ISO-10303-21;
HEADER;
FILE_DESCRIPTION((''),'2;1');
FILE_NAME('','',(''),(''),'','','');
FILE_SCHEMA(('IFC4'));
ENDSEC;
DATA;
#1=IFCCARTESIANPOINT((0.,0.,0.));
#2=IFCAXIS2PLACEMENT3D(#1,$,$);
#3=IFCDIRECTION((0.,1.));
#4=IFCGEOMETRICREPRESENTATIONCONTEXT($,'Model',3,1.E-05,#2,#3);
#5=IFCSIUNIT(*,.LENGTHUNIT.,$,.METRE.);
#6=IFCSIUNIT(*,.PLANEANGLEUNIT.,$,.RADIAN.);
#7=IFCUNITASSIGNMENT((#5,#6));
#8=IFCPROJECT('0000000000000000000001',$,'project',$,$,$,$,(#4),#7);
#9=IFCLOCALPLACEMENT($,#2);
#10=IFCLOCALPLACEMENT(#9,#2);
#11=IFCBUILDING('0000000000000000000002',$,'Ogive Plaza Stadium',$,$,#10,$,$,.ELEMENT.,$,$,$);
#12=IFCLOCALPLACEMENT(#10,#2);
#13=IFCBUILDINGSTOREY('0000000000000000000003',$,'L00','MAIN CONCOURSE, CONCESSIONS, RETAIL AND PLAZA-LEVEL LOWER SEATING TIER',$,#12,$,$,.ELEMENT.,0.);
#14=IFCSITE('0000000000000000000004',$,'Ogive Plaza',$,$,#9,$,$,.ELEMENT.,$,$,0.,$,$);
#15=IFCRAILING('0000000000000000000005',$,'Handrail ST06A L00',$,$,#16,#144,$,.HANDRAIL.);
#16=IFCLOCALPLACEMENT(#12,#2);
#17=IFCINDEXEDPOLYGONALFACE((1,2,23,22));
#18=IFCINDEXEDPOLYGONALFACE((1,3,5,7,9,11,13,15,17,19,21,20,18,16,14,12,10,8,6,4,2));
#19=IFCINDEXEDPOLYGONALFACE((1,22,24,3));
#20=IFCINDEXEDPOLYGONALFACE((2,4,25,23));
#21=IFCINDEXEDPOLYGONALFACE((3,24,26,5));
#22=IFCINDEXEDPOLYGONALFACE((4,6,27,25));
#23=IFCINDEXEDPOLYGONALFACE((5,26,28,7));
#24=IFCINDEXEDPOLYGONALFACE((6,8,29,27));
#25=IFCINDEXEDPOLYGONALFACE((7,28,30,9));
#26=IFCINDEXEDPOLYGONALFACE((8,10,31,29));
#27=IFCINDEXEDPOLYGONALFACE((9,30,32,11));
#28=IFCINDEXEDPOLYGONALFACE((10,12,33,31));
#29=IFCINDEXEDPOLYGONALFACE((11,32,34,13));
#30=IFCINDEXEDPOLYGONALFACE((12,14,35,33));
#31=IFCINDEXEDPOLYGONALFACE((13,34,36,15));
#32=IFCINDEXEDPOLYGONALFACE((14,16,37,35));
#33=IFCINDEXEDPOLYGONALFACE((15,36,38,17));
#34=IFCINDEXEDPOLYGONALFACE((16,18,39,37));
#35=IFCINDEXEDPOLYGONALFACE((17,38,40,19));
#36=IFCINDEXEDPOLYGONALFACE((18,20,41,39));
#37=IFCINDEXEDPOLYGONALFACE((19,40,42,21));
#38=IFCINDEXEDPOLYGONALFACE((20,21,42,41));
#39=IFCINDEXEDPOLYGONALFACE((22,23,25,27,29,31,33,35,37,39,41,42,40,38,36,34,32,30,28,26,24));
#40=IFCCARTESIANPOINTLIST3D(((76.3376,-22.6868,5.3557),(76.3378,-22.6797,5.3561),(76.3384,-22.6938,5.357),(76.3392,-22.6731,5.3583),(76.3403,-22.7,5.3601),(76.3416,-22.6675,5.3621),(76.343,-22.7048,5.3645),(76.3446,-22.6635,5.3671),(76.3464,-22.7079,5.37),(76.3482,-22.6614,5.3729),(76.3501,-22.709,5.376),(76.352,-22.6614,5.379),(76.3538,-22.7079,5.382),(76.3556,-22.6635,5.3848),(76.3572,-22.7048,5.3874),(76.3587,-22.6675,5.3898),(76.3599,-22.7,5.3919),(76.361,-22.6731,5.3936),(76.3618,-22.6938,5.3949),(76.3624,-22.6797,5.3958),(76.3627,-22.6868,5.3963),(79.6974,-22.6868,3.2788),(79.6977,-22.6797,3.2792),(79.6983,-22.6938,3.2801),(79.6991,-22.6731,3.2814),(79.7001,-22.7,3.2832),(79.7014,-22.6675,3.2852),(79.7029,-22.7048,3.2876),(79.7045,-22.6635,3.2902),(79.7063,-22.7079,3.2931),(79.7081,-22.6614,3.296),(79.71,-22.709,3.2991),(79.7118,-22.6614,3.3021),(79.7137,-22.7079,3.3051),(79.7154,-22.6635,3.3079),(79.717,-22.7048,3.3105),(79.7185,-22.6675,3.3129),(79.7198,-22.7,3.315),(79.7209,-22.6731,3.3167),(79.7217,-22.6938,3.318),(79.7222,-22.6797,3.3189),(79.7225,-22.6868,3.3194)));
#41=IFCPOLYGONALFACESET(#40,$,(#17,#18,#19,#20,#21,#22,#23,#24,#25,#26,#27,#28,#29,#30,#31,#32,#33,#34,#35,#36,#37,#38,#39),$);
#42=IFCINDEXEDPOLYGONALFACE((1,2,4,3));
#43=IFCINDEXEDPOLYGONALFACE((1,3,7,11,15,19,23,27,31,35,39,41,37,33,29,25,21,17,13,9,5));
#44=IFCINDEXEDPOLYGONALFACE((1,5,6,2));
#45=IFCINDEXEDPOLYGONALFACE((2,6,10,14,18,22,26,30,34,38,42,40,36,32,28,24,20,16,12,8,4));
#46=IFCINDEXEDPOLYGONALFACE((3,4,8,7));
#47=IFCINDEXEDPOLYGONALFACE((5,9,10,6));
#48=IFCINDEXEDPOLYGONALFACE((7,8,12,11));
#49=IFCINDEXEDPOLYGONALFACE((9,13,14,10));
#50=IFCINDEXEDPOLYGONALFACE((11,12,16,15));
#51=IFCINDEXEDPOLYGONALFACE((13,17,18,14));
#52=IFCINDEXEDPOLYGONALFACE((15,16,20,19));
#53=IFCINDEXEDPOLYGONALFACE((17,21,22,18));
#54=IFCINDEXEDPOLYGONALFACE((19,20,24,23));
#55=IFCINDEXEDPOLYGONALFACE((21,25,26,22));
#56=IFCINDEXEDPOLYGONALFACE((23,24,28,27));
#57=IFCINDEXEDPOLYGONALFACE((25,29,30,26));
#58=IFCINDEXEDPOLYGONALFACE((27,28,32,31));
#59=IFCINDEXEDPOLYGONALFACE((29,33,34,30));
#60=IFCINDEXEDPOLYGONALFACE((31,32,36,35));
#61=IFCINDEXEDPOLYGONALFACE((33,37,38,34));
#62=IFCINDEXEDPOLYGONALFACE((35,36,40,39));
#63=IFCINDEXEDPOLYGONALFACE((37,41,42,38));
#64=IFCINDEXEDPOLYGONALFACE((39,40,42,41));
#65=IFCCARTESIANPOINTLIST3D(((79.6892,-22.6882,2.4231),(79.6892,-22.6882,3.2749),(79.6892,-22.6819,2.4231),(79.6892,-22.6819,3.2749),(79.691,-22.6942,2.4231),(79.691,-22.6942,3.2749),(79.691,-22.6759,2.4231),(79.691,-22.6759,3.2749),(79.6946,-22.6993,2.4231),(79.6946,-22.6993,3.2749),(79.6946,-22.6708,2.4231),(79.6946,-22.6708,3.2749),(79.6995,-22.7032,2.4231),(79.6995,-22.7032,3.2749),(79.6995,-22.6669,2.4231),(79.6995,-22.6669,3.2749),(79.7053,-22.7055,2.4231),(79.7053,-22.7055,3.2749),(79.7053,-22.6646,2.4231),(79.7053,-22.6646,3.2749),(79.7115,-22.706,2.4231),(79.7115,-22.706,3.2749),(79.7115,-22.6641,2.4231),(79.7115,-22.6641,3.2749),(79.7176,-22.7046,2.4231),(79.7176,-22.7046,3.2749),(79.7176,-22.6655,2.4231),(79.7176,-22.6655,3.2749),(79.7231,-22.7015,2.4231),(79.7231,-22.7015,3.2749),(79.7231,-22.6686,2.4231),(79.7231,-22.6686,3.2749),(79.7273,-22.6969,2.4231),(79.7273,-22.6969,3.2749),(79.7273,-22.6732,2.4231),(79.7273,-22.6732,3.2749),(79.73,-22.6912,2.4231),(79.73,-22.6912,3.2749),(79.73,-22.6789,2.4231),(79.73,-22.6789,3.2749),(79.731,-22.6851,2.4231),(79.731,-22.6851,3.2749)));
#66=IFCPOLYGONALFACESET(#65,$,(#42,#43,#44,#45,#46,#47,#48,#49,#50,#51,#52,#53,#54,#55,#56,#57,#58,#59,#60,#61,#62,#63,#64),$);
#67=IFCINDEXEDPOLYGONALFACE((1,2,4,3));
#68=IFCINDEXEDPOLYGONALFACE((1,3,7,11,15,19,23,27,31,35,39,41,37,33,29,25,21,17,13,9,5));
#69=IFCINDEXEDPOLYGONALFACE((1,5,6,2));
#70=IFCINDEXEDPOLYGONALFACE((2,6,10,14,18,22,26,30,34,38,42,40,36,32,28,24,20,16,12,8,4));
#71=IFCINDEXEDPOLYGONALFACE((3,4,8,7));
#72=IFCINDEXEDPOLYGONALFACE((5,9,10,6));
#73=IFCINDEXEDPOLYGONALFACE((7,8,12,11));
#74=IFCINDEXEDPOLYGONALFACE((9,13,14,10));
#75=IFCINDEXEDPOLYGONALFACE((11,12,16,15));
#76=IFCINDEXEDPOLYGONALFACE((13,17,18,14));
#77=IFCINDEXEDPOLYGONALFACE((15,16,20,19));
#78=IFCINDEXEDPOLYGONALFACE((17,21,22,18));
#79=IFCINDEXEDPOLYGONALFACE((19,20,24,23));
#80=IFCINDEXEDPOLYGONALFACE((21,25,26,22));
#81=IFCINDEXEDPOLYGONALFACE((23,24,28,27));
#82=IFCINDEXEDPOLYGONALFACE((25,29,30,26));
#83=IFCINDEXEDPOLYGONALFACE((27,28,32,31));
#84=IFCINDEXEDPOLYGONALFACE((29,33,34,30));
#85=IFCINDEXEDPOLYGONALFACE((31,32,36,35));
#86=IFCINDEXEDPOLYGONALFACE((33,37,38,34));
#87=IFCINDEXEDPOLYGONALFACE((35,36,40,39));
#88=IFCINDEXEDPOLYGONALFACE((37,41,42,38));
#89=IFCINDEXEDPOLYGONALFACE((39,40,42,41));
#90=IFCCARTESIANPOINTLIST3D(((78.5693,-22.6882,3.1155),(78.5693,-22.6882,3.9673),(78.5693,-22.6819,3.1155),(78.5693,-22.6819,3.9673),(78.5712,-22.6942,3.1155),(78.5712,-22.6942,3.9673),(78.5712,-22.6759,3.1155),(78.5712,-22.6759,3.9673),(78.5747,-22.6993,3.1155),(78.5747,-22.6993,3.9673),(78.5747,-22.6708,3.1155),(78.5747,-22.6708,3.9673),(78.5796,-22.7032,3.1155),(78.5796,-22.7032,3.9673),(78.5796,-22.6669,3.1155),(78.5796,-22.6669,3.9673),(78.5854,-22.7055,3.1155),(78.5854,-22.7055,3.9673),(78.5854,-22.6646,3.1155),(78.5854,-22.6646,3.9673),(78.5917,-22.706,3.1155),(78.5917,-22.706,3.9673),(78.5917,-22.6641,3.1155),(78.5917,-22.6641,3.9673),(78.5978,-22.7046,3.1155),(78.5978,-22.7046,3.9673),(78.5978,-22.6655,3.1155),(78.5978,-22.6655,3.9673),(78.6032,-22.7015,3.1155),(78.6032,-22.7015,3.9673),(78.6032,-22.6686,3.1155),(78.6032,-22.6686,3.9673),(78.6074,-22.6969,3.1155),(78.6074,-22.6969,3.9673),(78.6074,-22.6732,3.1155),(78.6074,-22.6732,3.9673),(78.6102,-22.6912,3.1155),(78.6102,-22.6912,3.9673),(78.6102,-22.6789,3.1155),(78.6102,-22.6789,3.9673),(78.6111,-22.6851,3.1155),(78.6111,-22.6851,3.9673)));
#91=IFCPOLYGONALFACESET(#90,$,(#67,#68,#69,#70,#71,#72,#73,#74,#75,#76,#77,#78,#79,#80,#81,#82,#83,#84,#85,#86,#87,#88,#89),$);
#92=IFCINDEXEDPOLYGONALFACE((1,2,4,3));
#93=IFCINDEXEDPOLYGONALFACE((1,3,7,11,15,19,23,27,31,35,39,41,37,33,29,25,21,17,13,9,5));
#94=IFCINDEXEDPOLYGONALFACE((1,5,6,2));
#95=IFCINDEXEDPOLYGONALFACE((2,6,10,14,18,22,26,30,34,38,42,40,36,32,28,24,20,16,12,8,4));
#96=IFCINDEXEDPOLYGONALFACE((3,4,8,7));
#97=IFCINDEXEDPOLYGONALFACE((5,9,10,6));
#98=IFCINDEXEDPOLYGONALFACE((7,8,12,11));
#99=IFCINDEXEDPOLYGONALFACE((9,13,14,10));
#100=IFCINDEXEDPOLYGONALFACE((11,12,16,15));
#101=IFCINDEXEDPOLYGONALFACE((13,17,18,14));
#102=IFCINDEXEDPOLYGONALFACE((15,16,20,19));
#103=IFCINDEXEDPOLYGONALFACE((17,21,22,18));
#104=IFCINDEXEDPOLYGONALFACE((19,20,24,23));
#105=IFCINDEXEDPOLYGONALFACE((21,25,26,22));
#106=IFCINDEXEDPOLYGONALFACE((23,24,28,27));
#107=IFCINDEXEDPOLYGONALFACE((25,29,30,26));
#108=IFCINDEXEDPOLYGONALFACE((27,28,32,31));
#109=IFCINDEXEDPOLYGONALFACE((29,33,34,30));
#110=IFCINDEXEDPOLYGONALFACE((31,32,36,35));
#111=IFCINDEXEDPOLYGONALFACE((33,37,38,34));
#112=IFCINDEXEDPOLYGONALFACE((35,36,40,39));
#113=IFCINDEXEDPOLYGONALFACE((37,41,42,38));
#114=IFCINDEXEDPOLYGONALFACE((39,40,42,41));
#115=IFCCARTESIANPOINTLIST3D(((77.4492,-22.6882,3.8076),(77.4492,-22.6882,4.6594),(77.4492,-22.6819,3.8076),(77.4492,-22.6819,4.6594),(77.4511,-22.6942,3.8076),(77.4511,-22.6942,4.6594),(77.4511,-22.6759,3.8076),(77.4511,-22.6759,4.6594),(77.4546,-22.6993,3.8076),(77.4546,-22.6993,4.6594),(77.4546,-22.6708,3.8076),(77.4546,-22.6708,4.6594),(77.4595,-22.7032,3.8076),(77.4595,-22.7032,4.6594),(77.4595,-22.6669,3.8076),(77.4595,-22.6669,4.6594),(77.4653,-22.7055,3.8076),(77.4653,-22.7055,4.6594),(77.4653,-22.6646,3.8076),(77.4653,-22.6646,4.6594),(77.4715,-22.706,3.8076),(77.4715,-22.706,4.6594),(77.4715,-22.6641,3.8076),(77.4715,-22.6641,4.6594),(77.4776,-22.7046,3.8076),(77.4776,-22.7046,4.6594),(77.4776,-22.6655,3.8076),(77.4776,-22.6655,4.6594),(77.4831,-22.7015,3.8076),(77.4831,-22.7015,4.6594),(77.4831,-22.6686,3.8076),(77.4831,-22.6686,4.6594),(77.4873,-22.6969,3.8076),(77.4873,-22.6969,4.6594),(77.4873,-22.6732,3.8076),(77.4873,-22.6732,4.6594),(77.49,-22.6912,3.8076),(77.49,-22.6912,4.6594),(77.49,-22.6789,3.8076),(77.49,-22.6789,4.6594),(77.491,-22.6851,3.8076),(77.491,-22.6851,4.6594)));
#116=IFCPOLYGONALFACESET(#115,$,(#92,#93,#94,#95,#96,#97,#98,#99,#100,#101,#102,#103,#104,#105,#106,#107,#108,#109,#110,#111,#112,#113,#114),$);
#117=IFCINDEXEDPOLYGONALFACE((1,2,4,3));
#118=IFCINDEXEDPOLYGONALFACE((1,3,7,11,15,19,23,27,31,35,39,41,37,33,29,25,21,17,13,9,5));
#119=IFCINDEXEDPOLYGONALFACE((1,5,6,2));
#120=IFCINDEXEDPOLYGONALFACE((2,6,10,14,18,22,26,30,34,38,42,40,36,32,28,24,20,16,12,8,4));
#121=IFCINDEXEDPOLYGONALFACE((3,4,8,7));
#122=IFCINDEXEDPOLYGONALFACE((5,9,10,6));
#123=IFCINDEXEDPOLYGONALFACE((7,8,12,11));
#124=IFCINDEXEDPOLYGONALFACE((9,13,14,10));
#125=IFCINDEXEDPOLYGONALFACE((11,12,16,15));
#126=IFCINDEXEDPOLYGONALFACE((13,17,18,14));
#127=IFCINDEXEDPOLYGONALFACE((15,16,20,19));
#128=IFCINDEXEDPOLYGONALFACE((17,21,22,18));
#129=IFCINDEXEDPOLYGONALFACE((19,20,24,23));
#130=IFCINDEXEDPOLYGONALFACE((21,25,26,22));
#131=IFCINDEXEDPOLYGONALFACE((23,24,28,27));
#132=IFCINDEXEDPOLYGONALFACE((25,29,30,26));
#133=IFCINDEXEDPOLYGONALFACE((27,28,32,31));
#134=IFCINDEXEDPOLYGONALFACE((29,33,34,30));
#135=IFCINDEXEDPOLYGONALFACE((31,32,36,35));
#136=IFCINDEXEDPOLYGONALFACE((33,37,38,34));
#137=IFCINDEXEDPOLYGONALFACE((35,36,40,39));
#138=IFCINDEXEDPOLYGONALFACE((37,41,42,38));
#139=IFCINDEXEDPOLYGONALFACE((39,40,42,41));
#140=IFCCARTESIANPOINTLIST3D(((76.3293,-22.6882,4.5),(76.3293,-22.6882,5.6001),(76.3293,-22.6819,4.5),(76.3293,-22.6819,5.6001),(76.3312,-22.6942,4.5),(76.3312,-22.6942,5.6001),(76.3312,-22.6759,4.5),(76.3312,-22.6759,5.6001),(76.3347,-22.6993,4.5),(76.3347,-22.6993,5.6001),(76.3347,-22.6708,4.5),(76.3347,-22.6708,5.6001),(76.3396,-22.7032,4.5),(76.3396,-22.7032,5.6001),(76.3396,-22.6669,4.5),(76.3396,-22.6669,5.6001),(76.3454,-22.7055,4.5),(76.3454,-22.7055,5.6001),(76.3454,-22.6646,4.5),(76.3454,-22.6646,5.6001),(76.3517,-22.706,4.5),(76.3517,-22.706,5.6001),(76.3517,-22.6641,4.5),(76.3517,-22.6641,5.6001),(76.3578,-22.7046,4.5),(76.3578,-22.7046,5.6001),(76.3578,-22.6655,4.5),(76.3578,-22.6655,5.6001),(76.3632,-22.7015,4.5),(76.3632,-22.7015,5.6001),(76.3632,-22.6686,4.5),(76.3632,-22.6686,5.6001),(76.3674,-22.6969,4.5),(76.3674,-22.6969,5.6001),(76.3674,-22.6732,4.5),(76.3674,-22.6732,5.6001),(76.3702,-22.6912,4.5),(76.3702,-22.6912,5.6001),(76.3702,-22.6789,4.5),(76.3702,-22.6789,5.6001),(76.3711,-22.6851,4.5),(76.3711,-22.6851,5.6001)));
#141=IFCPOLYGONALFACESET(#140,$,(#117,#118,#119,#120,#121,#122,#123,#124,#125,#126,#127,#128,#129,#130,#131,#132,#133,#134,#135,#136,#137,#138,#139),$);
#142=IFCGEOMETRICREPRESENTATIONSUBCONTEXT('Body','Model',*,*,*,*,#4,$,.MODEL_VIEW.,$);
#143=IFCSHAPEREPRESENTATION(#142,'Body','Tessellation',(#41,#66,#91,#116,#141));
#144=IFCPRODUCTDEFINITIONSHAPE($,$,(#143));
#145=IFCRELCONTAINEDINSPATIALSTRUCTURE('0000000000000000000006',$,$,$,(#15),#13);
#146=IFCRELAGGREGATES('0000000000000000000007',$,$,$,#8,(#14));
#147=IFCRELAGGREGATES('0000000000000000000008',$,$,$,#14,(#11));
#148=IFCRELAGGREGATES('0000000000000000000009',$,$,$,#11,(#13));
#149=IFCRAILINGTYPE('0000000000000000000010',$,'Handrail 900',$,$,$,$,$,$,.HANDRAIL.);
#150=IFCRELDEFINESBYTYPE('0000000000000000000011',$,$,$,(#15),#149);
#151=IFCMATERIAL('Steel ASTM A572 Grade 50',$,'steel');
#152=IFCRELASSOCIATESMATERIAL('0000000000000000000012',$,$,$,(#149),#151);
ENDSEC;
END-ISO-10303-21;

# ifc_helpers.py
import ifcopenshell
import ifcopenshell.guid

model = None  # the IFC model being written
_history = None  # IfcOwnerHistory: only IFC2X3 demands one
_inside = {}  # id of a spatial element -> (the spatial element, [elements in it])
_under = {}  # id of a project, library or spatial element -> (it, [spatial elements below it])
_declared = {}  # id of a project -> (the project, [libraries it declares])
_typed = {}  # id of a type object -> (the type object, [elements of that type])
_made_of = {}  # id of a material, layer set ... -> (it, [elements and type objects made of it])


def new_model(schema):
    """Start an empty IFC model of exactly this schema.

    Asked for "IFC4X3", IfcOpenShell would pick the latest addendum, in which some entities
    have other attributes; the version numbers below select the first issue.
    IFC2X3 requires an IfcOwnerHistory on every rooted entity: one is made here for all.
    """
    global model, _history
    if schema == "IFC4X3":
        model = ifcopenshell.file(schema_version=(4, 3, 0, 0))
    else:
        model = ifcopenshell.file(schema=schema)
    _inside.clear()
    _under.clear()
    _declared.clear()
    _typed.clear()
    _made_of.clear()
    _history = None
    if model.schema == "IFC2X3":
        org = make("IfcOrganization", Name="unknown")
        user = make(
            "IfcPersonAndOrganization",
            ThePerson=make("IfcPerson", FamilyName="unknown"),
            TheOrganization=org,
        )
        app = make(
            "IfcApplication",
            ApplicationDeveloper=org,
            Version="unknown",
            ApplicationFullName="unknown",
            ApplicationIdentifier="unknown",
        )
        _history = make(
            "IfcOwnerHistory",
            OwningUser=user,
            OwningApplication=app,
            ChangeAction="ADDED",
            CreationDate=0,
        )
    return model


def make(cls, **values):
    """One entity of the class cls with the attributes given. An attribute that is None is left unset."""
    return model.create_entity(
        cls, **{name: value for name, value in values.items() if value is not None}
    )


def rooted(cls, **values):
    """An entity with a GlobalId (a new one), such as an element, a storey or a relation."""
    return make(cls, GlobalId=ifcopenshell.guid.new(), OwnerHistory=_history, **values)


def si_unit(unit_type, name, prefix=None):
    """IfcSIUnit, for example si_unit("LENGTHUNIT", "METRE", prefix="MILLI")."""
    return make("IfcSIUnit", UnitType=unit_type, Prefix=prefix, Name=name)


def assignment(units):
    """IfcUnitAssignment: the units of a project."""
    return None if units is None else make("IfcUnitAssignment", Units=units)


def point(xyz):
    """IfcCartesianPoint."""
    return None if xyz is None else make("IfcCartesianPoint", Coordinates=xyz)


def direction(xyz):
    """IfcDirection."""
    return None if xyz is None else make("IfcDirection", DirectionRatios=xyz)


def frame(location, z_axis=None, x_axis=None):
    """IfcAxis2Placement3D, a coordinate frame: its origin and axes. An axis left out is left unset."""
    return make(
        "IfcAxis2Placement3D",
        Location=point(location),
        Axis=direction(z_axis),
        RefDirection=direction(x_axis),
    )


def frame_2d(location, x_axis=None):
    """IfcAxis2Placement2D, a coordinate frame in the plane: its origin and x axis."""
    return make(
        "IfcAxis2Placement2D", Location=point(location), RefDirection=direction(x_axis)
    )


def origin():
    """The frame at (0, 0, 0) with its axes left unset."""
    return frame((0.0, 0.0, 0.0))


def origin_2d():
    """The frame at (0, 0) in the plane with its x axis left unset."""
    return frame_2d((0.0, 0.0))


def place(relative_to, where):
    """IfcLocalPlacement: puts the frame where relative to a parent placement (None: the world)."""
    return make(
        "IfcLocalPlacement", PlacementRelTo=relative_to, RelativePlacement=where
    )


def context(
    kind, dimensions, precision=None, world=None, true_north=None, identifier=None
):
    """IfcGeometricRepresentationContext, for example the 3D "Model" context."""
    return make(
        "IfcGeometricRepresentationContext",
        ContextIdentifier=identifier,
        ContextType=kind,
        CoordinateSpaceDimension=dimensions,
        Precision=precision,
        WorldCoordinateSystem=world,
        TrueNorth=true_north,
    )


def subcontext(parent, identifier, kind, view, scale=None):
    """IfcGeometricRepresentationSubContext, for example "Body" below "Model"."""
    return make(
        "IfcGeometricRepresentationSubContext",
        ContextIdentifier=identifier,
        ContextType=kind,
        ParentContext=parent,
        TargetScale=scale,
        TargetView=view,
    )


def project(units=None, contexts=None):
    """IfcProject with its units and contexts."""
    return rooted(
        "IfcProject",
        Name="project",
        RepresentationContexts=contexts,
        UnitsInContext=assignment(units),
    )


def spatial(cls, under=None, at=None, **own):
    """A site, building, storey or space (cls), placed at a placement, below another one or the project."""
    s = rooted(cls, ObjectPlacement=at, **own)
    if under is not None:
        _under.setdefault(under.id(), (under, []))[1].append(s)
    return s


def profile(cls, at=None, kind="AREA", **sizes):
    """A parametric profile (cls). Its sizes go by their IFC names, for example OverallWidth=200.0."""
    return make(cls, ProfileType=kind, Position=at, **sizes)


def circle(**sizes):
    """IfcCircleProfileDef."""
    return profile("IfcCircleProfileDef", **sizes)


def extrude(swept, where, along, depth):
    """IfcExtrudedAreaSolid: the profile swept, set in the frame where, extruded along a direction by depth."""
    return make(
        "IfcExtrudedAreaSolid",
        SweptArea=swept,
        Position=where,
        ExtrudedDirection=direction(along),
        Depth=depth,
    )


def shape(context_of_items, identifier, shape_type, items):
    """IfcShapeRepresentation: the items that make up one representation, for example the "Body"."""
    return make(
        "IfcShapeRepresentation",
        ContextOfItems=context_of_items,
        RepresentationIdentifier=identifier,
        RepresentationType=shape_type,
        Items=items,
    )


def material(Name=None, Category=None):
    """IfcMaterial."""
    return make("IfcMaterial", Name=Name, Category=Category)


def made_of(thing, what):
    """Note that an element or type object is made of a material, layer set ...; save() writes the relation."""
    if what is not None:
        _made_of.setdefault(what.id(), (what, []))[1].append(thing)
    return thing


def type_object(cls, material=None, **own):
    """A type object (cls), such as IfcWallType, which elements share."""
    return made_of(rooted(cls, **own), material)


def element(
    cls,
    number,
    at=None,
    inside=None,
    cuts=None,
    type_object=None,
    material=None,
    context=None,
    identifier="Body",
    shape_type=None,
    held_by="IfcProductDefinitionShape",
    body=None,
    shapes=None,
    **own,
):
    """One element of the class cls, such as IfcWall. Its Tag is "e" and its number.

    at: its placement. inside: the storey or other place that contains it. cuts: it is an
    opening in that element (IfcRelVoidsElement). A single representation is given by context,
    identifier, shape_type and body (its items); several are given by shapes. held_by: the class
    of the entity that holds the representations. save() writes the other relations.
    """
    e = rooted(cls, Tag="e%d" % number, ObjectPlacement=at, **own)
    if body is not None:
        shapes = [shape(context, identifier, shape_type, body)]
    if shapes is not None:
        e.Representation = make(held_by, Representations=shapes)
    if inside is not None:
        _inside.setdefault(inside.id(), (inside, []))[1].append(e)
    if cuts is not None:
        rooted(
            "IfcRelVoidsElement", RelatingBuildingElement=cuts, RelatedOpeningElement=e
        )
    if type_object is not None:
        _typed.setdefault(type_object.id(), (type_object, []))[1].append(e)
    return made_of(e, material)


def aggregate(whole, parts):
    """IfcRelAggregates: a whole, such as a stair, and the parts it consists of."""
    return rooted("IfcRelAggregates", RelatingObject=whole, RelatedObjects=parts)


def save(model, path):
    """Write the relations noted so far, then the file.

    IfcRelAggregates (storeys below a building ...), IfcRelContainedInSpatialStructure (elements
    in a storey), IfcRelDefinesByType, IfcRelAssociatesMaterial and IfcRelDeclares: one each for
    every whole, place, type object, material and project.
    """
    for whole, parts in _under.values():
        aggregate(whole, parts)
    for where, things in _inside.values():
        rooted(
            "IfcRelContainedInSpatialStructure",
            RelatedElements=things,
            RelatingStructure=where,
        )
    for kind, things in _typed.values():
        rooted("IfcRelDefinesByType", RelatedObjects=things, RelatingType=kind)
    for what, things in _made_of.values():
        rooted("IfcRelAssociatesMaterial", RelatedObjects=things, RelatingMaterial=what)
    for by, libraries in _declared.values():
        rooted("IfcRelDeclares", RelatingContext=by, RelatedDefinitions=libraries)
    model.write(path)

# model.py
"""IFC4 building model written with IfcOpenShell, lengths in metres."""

from ifc_helpers import new_model, si_unit, direction, frame, origin, origin_2d, place, context, subcontext, project, spatial, circle, extrude, material, type_object, element, save


model = new_model("IFC4")

# Units and contexts
model_context = context("Model", 3, precision=1e-05, world=origin(), true_north=direction((0.0, 1.0)))
body_context = subcontext(model_context, "Body", "Model", "MODEL_VIEW")
ifc_project = project(units=[si_unit("LENGTHUNIT", "METRE"), si_unit("PLANEANGLEUNIT", "RADIAN")], contexts=[model_context])

# Site, building, storey
site_placement = place(None, origin())
site = spatial("IfcSite", under=ifc_project, at=site_placement, Name="Ogive Plaza", CompositionType="ELEMENT", RefElevation=0.0)
building_placement = place(site_placement, origin())
building = spatial("IfcBuilding", under=site, at=building_placement, Name="Ogive Plaza Stadium", CompositionType="ELEMENT")
storey_placement = place(building_placement, origin())
storey = spatial("IfcBuildingStorey", under=building, at=storey_placement, Name="L00", Description="MAIN CONCOURSE, CONCESSIONS, RETAIL AND PLAZA-LEVEL LOWER SEATING TIER", CompositionType="ELEMENT", Elevation=0.0)

# Railing
ifc_material_1 = material(Name="Steel ASTM A572 Grade 50", Category="steel")
railing_type_1 = type_object("IfcRailingType", Name="Handrail 900", PredefinedType="HANDRAIL", material=ifc_material_1)
railing_1_placement = place(storey_placement, frame((79.71, -22.6851, 2.4231)))
element("IfcRailing", 1, at=railing_1_placement, inside=storey, type_object=railing_type_1, Name="Handrail ST06A L00", PredefinedType="HANDRAIL", context=body_context, shape_type="SweptSolid", body=[
    extrude(circle(Radius=0.0239, at=origin_2d()), frame((0.0, 0.0, 0.876), z_axis=(-0.850606, 0.0, 0.525803), x_axis=(0.0, -1.0, 0.0)), (0.0, 0.0, 1.0), 3.95),
    extrude(circle(Radius=0.021, at=origin_2d()), origin(), (0.0, 0.0, 1.0), 0.8518),
    extrude(circle(Radius=0.021, at=origin_2d()), frame((-1.1199, 0.0, 0.6924)), (0.0, 0.0, 1.0), 0.8518),
    extrude(circle(Radius=0.021, at=origin_2d()), frame((-2.24, 0.0, 1.3845)), (0.0, 0.0, 1.0), 0.8518),
    extrude(circle(Radius=0.021, at=origin_2d()), frame((-3.3599, 0.0, 2.0769)), (0.0, 0.0, 1.0), 1.1001),
])

save(model, "model.ifc")
